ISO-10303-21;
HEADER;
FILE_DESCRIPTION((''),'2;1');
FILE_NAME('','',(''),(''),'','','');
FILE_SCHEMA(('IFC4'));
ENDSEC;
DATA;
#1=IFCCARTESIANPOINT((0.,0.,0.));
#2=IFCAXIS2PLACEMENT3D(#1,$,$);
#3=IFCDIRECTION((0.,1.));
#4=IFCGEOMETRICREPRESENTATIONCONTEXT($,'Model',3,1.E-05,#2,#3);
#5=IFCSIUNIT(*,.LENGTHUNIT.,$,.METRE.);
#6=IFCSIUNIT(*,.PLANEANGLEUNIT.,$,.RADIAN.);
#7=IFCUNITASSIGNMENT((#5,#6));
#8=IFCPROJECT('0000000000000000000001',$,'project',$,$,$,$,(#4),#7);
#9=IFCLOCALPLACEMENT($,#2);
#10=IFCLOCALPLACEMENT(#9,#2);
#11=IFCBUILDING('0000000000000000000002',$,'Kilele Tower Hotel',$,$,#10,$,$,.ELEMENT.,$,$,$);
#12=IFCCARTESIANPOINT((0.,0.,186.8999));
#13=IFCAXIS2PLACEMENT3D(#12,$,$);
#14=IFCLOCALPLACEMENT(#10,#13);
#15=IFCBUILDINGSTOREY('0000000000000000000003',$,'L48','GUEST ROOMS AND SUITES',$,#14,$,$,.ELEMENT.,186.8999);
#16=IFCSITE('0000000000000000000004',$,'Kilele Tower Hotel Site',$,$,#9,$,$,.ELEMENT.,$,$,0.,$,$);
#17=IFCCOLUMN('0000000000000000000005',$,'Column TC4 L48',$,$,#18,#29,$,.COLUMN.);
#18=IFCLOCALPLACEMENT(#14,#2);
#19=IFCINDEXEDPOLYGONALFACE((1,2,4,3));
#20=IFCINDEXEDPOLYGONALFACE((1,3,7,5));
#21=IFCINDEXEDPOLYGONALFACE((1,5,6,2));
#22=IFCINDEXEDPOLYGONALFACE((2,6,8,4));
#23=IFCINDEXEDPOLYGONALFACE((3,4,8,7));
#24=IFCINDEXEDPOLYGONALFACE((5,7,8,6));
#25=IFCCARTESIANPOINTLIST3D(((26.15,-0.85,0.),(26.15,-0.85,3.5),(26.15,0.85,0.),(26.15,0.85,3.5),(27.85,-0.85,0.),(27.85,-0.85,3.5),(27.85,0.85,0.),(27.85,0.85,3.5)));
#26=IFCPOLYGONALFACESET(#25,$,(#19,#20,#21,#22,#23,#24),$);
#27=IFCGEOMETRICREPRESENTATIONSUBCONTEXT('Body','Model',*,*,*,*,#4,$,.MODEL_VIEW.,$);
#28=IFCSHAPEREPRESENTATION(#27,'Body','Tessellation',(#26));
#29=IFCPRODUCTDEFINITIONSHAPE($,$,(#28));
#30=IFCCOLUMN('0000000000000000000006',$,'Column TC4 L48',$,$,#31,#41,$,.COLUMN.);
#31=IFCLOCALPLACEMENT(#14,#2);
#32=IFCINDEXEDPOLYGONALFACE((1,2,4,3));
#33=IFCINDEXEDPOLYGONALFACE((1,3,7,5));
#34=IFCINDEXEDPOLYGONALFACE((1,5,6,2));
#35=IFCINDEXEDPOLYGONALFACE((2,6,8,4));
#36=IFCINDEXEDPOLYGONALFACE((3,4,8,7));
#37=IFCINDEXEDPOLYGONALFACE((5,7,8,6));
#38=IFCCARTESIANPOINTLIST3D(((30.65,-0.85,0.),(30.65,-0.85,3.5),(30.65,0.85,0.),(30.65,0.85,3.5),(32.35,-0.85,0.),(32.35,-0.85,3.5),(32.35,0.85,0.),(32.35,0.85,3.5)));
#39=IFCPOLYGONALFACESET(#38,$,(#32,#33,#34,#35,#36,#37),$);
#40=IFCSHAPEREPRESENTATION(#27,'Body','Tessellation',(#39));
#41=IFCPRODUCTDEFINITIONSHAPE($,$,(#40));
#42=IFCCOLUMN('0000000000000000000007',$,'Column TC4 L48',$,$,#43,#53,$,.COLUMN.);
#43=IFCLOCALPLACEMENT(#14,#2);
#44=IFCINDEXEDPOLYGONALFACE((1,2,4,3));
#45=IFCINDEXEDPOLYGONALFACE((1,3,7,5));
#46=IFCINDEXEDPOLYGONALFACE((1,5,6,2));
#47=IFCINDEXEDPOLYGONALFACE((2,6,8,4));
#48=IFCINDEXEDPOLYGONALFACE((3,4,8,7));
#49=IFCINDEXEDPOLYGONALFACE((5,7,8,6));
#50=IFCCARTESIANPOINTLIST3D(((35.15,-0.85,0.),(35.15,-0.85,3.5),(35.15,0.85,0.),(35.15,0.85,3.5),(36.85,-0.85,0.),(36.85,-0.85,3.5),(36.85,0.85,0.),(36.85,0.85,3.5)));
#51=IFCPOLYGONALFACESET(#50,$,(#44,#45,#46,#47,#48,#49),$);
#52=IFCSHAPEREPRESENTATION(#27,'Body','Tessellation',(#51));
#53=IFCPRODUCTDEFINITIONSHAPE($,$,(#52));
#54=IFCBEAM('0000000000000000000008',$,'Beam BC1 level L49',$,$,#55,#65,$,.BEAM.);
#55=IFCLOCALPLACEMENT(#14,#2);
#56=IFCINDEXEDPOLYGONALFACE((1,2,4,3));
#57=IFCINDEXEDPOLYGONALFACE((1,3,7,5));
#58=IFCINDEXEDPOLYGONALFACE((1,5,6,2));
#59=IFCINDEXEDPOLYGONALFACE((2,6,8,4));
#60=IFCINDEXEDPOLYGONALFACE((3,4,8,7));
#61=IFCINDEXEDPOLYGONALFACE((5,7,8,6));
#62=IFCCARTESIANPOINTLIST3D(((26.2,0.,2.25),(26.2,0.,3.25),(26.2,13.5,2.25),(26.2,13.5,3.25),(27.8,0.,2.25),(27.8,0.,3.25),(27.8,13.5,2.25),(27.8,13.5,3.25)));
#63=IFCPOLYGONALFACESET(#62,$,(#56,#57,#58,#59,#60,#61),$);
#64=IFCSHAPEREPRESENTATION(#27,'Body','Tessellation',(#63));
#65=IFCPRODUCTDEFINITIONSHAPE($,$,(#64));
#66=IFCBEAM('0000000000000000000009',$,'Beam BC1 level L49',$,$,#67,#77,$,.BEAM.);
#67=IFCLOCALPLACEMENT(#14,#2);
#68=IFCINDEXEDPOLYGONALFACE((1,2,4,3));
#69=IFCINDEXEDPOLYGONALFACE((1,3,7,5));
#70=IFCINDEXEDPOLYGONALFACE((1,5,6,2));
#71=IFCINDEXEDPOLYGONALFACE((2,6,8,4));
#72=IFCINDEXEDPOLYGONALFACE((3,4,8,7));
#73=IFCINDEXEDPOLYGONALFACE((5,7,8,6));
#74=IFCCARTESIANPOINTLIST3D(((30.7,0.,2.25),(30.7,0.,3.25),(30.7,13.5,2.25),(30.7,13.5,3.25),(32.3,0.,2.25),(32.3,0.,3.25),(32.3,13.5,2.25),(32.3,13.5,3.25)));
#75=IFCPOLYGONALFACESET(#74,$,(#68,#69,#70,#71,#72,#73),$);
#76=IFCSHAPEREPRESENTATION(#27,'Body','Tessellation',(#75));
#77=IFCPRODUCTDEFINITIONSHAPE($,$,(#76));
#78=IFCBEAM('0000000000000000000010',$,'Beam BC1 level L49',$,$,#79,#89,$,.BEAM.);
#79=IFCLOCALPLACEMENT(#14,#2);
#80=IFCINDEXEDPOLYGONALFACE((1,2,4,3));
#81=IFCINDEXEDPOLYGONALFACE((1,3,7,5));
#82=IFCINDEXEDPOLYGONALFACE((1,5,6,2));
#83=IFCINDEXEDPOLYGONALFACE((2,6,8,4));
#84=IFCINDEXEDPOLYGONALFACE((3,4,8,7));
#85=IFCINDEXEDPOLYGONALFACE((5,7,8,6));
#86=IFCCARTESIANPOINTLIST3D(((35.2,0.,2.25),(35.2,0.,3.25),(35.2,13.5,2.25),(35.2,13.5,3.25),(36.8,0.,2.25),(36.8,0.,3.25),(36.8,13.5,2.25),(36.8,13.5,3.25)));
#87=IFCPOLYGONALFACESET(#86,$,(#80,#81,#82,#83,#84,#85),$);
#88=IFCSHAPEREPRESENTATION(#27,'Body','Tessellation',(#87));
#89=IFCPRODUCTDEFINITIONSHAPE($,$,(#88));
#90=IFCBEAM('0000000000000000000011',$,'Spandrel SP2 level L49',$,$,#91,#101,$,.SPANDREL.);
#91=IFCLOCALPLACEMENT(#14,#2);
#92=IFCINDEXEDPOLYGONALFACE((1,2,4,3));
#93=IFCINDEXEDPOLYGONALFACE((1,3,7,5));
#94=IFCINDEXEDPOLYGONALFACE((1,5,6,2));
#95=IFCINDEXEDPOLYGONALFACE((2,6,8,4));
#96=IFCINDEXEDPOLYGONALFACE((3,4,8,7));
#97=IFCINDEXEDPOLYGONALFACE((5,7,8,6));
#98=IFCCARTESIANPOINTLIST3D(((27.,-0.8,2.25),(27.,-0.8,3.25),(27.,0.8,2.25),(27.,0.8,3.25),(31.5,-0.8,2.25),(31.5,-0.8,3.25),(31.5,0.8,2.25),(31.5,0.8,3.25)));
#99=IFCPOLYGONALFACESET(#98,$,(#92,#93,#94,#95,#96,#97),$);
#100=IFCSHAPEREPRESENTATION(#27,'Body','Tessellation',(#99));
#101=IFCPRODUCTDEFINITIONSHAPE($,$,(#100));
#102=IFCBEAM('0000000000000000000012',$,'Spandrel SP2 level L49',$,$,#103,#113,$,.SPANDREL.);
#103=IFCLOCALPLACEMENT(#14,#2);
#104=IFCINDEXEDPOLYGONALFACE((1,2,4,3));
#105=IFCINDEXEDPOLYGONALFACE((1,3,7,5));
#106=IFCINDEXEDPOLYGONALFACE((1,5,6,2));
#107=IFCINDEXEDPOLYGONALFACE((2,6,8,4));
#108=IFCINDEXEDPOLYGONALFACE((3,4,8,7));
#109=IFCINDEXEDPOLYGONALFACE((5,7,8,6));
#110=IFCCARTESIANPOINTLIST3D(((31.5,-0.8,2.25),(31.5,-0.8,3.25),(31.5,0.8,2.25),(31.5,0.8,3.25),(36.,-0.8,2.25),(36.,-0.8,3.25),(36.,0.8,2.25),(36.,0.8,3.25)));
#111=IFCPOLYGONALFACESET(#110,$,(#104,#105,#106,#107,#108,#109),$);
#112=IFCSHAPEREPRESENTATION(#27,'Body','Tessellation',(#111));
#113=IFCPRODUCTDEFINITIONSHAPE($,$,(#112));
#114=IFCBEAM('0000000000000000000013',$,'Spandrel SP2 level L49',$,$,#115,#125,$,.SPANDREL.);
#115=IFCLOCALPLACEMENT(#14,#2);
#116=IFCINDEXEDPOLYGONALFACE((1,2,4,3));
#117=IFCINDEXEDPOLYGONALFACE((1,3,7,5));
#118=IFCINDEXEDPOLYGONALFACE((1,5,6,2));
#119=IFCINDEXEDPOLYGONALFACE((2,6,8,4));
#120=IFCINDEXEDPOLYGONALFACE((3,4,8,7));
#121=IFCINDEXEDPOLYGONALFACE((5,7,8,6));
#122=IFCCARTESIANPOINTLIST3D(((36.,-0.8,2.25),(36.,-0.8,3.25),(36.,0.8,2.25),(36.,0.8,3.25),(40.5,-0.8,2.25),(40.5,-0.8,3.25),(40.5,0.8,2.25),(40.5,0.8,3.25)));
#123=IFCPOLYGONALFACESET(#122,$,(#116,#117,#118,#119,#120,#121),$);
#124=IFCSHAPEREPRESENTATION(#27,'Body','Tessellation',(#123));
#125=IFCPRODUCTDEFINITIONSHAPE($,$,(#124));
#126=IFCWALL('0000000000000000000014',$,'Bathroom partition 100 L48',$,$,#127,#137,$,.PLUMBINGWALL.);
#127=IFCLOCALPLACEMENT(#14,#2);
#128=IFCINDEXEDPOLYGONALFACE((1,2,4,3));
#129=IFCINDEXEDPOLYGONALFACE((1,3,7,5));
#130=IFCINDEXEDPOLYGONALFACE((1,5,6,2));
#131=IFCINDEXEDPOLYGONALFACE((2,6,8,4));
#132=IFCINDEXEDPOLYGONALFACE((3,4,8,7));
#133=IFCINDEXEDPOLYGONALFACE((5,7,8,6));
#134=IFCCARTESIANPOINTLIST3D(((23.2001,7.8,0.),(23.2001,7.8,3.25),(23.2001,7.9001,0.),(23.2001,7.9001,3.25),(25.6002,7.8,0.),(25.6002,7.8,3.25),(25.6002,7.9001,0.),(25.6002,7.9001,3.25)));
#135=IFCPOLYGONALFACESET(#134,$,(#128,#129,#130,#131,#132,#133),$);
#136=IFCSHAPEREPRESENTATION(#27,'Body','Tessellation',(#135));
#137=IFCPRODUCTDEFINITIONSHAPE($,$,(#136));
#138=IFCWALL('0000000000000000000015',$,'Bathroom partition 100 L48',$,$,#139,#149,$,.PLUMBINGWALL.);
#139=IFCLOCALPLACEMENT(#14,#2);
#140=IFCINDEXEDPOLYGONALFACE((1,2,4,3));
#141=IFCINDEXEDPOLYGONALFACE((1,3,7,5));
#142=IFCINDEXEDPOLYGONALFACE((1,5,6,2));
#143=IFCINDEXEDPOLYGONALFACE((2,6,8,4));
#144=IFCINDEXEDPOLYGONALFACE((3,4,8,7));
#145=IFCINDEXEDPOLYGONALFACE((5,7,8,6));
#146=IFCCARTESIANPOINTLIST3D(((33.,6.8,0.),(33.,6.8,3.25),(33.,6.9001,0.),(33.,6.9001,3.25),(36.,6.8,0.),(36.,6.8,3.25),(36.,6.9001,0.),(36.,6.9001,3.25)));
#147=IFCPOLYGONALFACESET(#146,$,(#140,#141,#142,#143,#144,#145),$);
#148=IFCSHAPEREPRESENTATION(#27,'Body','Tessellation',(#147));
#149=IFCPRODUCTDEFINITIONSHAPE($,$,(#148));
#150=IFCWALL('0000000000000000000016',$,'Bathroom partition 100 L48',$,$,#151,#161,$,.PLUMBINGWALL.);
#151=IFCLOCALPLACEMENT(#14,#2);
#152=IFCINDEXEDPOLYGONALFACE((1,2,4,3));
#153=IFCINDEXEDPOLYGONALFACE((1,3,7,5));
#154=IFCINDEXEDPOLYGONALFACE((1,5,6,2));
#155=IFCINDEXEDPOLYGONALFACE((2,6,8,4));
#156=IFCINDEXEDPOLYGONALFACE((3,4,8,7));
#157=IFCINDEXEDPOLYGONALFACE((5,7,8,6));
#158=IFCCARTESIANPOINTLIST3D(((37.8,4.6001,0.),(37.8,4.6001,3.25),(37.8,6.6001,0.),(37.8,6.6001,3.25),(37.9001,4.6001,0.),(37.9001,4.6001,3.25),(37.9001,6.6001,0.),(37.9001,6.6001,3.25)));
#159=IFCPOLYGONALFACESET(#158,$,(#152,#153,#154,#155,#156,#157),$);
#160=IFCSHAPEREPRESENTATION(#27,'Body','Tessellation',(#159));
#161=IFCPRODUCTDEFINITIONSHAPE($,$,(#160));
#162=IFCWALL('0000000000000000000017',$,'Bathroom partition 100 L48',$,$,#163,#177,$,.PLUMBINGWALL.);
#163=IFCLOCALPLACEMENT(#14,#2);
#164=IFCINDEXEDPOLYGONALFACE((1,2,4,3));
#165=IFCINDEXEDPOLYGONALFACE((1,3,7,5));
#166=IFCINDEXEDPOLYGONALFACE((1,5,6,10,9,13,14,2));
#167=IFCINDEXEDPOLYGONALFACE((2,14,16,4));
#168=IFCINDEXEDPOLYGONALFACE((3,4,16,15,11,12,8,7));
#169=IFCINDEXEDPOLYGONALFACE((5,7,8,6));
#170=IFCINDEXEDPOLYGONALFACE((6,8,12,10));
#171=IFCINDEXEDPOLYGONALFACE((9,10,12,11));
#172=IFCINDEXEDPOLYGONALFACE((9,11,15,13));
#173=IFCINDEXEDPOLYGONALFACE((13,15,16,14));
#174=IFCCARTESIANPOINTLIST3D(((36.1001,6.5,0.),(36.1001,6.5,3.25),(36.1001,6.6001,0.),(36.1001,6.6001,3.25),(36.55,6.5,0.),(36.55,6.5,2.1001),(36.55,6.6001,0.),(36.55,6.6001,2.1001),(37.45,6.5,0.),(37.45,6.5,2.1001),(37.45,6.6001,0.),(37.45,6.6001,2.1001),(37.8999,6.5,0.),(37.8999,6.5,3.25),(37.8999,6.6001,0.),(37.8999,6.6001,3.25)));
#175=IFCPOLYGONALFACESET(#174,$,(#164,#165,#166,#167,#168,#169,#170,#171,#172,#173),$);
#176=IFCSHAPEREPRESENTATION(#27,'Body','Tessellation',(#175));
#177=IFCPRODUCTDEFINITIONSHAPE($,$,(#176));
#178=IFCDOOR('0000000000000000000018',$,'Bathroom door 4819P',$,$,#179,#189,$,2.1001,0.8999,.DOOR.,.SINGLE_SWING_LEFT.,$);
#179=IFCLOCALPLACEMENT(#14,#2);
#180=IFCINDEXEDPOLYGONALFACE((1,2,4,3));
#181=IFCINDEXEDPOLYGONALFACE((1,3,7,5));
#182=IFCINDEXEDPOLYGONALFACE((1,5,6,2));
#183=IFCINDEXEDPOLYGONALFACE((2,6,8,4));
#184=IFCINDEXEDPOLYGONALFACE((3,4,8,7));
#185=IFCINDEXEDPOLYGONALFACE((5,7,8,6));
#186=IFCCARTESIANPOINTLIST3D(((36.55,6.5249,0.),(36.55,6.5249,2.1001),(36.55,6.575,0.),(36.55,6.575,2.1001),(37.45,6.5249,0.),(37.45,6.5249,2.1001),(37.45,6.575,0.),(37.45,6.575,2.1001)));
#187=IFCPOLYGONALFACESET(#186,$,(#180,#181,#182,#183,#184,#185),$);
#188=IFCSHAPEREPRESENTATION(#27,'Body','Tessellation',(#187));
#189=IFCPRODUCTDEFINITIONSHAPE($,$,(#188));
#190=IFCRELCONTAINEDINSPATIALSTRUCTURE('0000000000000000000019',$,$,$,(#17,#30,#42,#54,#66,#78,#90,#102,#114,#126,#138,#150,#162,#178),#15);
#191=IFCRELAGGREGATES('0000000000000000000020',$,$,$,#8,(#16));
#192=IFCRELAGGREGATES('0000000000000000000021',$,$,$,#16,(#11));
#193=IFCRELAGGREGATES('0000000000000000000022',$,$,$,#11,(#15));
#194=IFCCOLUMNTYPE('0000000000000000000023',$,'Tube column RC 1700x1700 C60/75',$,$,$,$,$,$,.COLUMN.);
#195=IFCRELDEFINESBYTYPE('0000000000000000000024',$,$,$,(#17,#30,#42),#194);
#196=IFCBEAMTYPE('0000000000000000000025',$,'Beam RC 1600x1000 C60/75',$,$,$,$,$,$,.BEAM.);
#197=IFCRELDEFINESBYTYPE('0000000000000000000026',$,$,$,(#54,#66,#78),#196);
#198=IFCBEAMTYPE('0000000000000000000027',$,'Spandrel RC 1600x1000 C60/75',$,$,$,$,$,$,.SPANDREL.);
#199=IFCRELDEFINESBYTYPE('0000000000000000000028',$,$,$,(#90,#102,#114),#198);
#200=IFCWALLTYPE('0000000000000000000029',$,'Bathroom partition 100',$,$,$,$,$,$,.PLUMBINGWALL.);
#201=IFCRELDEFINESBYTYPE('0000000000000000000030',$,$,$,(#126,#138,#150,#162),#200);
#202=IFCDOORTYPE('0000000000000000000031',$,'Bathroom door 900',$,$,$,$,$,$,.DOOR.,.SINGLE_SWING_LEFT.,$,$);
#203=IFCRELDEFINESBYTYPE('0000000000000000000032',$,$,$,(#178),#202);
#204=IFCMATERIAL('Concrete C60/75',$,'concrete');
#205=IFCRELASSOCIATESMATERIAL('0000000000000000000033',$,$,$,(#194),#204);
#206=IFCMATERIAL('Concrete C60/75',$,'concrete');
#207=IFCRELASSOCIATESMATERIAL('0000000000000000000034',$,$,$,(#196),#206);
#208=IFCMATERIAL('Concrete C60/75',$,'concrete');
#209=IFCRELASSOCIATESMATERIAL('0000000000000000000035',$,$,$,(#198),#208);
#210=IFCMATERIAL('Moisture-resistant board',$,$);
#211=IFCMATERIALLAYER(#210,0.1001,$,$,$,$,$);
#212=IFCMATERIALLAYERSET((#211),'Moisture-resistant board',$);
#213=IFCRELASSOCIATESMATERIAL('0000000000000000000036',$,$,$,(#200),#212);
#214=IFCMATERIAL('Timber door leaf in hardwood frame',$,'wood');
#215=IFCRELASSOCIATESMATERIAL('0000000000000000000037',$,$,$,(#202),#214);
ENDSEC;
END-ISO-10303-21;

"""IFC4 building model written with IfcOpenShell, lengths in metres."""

from ifc_helpers import new_model, si_unit, direction, frame, frame_2d, origin, origin_2d, place, context, subcontext, project, spatial, rectangle, extrude, material, layer, layer_set, material_profile, profile_set, type_object, element, fill, save


model = new_model("IFC4")

# Units and contexts
model_context = context("Model", 3, precision=1e-05, world=origin(), true_north=direction((0.0, 1.0)))
body_context = subcontext(model_context, "Body", "Model", "MODEL_VIEW")
ifc_project = project(units=[si_unit("LENGTHUNIT", "METRE"), si_unit("PLANEANGLEUNIT", "RADIAN")], contexts=[model_context])

# Site, building, storey
site_placement = place(None, origin())
site = spatial("IfcSite", under=ifc_project, at=site_placement, Name="Kilele Tower Hotel Site", CompositionType="ELEMENT", RefElevation=0.0)
building_placement = place(site_placement, origin())
building = spatial("IfcBuilding", under=site, at=building_placement, Name="Kilele Tower Hotel", CompositionType="ELEMENT")
storey_placement = place(building_placement, frame((0.0, 0.0, 186.8999)))
storey = spatial("IfcBuildingStorey", under=building, at=storey_placement, Name="L48", Description="GUEST ROOMS AND SUITES", CompositionType="ELEMENT", Elevation=186.8999)

# Columns
ifc_material_1 = material(Name="Concrete C60/75", Category="concrete")
ifc_material_profile_1 = material_profile(ifc_material_1, rectangle(XDim=1.7, YDim=1.7, at=origin_2d()))
ifc_profile_set_1 = profile_set([ifc_material_profile_1], Name="Concrete C60/75")
column_type = type_object("IfcColumnType", Name="Tube column RC 1700x1700 C60/75", PredefinedType="COLUMN", material=ifc_profile_set_1)
for number, where, z_axis, x_axis, name in (
    (1, (27.0, 0.0, 0.0), (0.0, 0.0, 1.0), (1.0, 0.0, 0.0), "Column TC4 L48"),
    (2, (31.5, 0.0, 0.0), (0.0, 0.0, 1.0), (1.0, 0.0, 0.0), "Column TC4 L48"),
    (3, (36.0, 0.0, 0.0), (0.0, 0.0, 1.0), (1.0, 0.0, 0.0), "Column TC4 L48"),
):
    element("IfcColumn", number, at=place(storey_placement, frame(where, z_axis=z_axis, x_axis=x_axis)), inside=storey, type_object=column_type, Name=name, PredefinedType="COLUMN", context=body_context, shape_type="SweptSolid", body=[
        extrude(rectangle(XDim=1.7, YDim=1.7, at=origin_2d()), origin(), (0.0, 0.0, 1.0), 3.5),
    ])

# Beams
ifc_material_2 = material(Name="Concrete C60/75", Category="concrete")
ifc_material_profile_2 = material_profile(ifc_material_2, rectangle(XDim=1.6001, YDim=1.0, at=origin_2d()))
ifc_profile_set_2 = profile_set([ifc_material_profile_2], Name="Concrete C60/75")
beam_type_1 = type_object("IfcBeamType", Name="Beam RC 1600x1000 C60/75", PredefinedType="BEAM", material=ifc_profile_set_2)
for number, where, z_axis, x_axis, name in (
    (4, (27.0, 0.0, 2.75), (0.0, 1.0, 0.0), (-1.0, 0.0, 0.0), "Beam BC1 level L49"),
    (5, (31.5, 0.0, 2.75), (0.0, 1.0, 0.0), (-1.0, 0.0, 0.0), "Beam BC1 level L49"),
    (6, (36.0, 0.0, 2.75), (0.0, 1.0, 0.0), (-1.0, 0.0, 0.0), "Beam BC1 level L49"),
):
    element("IfcBeam", number, at=place(storey_placement, frame(where, z_axis=z_axis, x_axis=x_axis)), inside=storey, type_object=beam_type_1, Name=name, PredefinedType="BEAM", context=body_context, shape_type="SweptSolid", body=[
        extrude(rectangle(XDim=1.6001, YDim=1.0, at=origin_2d()), origin(), (0.0, 0.0, 1.0), 13.5),
    ])
ifc_material_3 = material(Name="Concrete C60/75", Category="concrete")
ifc_material_profile_3 = material_profile(ifc_material_3, rectangle(XDim=1.6001, YDim=1.0, at=origin_2d()))
ifc_profile_set_3 = profile_set([ifc_material_profile_3], Name="Concrete C60/75")
beam_type_2 = type_object("IfcBeamType", Name="Spandrel RC 1600x1000 C60/75", PredefinedType="SPANDREL", material=ifc_profile_set_3)
for number, where, z_axis, x_axis, name in (
    (7, (27.0, 0.0, 2.75), (1.0, 0.0, 0.0), (0.0, 1.0, 0.0), "Spandrel SP2 level L49"),
    (8, (31.5, 0.0, 2.75), (1.0, 0.0, 0.0), (0.0, 1.0, 0.0), "Spandrel SP2 level L49"),
    (9, (36.0, 0.0, 2.75), (1.0, 0.0, 0.0), (0.0, 1.0, 0.0), "Spandrel SP2 level L49"),
):
    element("IfcBeam", number, at=place(storey_placement, frame(where, z_axis=z_axis, x_axis=x_axis)), inside=storey, type_object=beam_type_2, Name=name, PredefinedType="SPANDREL", context=body_context, shape_type="SweptSolid", body=[
        extrude(rectangle(XDim=1.6001, YDim=1.0, at=origin_2d()), origin(), (0.0, 0.0, 1.0), 4.5),
    ])

# Walls
ifc_material_4 = material(Name="Moisture-resistant board")
ifc_layer_1 = layer(ifc_material_4, 0.1001)
ifc_layer_set_1 = layer_set([ifc_layer_1], Name="Moisture-resistant board")
wall_type_1 = type_object("IfcWallType", Name="Bathroom partition 100", PredefinedType="PLUMBINGWALL", material=ifc_layer_set_1)
wall_1_placement = place(storey_placement, frame((23.2, 7.8501, 0.0), z_axis=(0.0, 0.0, 1.0), x_axis=(1.0, 0.0, 0.0)))
element("IfcWall", 10, at=wall_1_placement, inside=storey, type_object=wall_type_1, Name="Bathroom partition 100 L48", PredefinedType="PLUMBINGWALL", context=body_context, shape_type="SweptSolid", body=[
    extrude(rectangle(XDim=2.4001, YDim=0.1001, at=frame_2d((1.2002, 0.0))), origin(), (0.0, 0.0, 1.0), 3.25),
])
wall_2_placement = place(storey_placement, frame((33.0, 6.8501, 0.0), z_axis=(0.0, 0.0, 1.0), x_axis=(1.0, 0.0, 0.0)))
element("IfcWall", 11, at=wall_2_placement, inside=storey, type_object=wall_type_1, Name="Bathroom partition 100 L48", PredefinedType="PLUMBINGWALL", context=body_context, shape_type="SweptSolid", body=[
    extrude(rectangle(XDim=3.0, YDim=0.1001, at=frame_2d((1.5, 0.0))), origin(), (0.0, 0.0, 1.0), 3.25),
])
wall_3_placement = place(storey_placement, frame((37.8501, 4.6001, 0.0), z_axis=(0.0, 0.0, 1.0), x_axis=(0.0, 1.0, 0.0)))
element("IfcWall", 12, at=wall_3_placement, inside=storey, type_object=wall_type_1, Name="Bathroom partition 100 L48", PredefinedType="PLUMBINGWALL", context=body_context, shape_type="SweptSolid", body=[
    extrude(rectangle(XDim=2.0, YDim=0.1001, at=frame_2d((1.0, 0.0))), origin(), (0.0, 0.0, 1.0), 3.25),
])

# Wall, opening, door
wall_4_placement = place(storey_placement, frame((36.1001, 6.55, 0.0), z_axis=(0.0, 0.0, 1.0), x_axis=(1.0, 0.0, 0.0)))
wall_4 = element("IfcWall", 13, at=wall_4_placement, inside=storey, type_object=wall_type_1, Name="Bathroom partition 100 L48", PredefinedType="PLUMBINGWALL", context=body_context, shape_type="SweptSolid", body=[
    extrude(rectangle(XDim=1.7998, YDim=0.1001, at=frame_2d((0.8999, 0.0))), origin(), (0.0, 0.0, 1.0), 3.25),
])
opening_1_placement = place(wall_4_placement, frame((0.45, 0.0, 0.0)))
opening_1 = element("IfcOpeningElement", 14, at=opening_1_placement, cuts=wall_4, PredefinedType="OPENING", context=body_context, shape_type="SweptSolid", body=[
    extrude(rectangle(XDim=0.8999, YDim=2.1001, at=frame_2d((0.45, 1.05))), frame((0.0, 0.0601, 0.0), z_axis=(0.0, -1.0, 0.0), x_axis=(1.0, 0.0, 0.0)), (0.0, 0.0, 1.0), 0.1201),
])
ifc_material_5 = material(Name="Timber door leaf in hardwood frame", Category="wood")
door_type_1 = type_object("IfcDoorType", Name="Bathroom door 900", OperationType="SINGLE_SWING_LEFT", PredefinedType="DOOR", material=ifc_material_5)
door_1_placement = place(opening_1_placement, origin())
door_1 = element("IfcDoor", 15, at=door_1_placement, inside=storey, type_object=door_type_1, Name="Bathroom door 4819P", OperationType="SINGLE_SWING_LEFT", OverallHeight=2.1001, OverallWidth=0.8999, PredefinedType="DOOR", context=body_context, shape_type="SweptSolid", body=[
    extrude(rectangle(XDim=0.8999, YDim=2.1001, at=frame_2d((0.45, 1.05))), frame((0.0, 0.0249, 0.0), z_axis=(0.0, -1.0, 0.0), x_axis=(1.0, 0.0, 0.0)), (0.0, 0.0, 1.0), 0.05),
])
fill(opening_1, door_1)

save(model, "model.ifc")
